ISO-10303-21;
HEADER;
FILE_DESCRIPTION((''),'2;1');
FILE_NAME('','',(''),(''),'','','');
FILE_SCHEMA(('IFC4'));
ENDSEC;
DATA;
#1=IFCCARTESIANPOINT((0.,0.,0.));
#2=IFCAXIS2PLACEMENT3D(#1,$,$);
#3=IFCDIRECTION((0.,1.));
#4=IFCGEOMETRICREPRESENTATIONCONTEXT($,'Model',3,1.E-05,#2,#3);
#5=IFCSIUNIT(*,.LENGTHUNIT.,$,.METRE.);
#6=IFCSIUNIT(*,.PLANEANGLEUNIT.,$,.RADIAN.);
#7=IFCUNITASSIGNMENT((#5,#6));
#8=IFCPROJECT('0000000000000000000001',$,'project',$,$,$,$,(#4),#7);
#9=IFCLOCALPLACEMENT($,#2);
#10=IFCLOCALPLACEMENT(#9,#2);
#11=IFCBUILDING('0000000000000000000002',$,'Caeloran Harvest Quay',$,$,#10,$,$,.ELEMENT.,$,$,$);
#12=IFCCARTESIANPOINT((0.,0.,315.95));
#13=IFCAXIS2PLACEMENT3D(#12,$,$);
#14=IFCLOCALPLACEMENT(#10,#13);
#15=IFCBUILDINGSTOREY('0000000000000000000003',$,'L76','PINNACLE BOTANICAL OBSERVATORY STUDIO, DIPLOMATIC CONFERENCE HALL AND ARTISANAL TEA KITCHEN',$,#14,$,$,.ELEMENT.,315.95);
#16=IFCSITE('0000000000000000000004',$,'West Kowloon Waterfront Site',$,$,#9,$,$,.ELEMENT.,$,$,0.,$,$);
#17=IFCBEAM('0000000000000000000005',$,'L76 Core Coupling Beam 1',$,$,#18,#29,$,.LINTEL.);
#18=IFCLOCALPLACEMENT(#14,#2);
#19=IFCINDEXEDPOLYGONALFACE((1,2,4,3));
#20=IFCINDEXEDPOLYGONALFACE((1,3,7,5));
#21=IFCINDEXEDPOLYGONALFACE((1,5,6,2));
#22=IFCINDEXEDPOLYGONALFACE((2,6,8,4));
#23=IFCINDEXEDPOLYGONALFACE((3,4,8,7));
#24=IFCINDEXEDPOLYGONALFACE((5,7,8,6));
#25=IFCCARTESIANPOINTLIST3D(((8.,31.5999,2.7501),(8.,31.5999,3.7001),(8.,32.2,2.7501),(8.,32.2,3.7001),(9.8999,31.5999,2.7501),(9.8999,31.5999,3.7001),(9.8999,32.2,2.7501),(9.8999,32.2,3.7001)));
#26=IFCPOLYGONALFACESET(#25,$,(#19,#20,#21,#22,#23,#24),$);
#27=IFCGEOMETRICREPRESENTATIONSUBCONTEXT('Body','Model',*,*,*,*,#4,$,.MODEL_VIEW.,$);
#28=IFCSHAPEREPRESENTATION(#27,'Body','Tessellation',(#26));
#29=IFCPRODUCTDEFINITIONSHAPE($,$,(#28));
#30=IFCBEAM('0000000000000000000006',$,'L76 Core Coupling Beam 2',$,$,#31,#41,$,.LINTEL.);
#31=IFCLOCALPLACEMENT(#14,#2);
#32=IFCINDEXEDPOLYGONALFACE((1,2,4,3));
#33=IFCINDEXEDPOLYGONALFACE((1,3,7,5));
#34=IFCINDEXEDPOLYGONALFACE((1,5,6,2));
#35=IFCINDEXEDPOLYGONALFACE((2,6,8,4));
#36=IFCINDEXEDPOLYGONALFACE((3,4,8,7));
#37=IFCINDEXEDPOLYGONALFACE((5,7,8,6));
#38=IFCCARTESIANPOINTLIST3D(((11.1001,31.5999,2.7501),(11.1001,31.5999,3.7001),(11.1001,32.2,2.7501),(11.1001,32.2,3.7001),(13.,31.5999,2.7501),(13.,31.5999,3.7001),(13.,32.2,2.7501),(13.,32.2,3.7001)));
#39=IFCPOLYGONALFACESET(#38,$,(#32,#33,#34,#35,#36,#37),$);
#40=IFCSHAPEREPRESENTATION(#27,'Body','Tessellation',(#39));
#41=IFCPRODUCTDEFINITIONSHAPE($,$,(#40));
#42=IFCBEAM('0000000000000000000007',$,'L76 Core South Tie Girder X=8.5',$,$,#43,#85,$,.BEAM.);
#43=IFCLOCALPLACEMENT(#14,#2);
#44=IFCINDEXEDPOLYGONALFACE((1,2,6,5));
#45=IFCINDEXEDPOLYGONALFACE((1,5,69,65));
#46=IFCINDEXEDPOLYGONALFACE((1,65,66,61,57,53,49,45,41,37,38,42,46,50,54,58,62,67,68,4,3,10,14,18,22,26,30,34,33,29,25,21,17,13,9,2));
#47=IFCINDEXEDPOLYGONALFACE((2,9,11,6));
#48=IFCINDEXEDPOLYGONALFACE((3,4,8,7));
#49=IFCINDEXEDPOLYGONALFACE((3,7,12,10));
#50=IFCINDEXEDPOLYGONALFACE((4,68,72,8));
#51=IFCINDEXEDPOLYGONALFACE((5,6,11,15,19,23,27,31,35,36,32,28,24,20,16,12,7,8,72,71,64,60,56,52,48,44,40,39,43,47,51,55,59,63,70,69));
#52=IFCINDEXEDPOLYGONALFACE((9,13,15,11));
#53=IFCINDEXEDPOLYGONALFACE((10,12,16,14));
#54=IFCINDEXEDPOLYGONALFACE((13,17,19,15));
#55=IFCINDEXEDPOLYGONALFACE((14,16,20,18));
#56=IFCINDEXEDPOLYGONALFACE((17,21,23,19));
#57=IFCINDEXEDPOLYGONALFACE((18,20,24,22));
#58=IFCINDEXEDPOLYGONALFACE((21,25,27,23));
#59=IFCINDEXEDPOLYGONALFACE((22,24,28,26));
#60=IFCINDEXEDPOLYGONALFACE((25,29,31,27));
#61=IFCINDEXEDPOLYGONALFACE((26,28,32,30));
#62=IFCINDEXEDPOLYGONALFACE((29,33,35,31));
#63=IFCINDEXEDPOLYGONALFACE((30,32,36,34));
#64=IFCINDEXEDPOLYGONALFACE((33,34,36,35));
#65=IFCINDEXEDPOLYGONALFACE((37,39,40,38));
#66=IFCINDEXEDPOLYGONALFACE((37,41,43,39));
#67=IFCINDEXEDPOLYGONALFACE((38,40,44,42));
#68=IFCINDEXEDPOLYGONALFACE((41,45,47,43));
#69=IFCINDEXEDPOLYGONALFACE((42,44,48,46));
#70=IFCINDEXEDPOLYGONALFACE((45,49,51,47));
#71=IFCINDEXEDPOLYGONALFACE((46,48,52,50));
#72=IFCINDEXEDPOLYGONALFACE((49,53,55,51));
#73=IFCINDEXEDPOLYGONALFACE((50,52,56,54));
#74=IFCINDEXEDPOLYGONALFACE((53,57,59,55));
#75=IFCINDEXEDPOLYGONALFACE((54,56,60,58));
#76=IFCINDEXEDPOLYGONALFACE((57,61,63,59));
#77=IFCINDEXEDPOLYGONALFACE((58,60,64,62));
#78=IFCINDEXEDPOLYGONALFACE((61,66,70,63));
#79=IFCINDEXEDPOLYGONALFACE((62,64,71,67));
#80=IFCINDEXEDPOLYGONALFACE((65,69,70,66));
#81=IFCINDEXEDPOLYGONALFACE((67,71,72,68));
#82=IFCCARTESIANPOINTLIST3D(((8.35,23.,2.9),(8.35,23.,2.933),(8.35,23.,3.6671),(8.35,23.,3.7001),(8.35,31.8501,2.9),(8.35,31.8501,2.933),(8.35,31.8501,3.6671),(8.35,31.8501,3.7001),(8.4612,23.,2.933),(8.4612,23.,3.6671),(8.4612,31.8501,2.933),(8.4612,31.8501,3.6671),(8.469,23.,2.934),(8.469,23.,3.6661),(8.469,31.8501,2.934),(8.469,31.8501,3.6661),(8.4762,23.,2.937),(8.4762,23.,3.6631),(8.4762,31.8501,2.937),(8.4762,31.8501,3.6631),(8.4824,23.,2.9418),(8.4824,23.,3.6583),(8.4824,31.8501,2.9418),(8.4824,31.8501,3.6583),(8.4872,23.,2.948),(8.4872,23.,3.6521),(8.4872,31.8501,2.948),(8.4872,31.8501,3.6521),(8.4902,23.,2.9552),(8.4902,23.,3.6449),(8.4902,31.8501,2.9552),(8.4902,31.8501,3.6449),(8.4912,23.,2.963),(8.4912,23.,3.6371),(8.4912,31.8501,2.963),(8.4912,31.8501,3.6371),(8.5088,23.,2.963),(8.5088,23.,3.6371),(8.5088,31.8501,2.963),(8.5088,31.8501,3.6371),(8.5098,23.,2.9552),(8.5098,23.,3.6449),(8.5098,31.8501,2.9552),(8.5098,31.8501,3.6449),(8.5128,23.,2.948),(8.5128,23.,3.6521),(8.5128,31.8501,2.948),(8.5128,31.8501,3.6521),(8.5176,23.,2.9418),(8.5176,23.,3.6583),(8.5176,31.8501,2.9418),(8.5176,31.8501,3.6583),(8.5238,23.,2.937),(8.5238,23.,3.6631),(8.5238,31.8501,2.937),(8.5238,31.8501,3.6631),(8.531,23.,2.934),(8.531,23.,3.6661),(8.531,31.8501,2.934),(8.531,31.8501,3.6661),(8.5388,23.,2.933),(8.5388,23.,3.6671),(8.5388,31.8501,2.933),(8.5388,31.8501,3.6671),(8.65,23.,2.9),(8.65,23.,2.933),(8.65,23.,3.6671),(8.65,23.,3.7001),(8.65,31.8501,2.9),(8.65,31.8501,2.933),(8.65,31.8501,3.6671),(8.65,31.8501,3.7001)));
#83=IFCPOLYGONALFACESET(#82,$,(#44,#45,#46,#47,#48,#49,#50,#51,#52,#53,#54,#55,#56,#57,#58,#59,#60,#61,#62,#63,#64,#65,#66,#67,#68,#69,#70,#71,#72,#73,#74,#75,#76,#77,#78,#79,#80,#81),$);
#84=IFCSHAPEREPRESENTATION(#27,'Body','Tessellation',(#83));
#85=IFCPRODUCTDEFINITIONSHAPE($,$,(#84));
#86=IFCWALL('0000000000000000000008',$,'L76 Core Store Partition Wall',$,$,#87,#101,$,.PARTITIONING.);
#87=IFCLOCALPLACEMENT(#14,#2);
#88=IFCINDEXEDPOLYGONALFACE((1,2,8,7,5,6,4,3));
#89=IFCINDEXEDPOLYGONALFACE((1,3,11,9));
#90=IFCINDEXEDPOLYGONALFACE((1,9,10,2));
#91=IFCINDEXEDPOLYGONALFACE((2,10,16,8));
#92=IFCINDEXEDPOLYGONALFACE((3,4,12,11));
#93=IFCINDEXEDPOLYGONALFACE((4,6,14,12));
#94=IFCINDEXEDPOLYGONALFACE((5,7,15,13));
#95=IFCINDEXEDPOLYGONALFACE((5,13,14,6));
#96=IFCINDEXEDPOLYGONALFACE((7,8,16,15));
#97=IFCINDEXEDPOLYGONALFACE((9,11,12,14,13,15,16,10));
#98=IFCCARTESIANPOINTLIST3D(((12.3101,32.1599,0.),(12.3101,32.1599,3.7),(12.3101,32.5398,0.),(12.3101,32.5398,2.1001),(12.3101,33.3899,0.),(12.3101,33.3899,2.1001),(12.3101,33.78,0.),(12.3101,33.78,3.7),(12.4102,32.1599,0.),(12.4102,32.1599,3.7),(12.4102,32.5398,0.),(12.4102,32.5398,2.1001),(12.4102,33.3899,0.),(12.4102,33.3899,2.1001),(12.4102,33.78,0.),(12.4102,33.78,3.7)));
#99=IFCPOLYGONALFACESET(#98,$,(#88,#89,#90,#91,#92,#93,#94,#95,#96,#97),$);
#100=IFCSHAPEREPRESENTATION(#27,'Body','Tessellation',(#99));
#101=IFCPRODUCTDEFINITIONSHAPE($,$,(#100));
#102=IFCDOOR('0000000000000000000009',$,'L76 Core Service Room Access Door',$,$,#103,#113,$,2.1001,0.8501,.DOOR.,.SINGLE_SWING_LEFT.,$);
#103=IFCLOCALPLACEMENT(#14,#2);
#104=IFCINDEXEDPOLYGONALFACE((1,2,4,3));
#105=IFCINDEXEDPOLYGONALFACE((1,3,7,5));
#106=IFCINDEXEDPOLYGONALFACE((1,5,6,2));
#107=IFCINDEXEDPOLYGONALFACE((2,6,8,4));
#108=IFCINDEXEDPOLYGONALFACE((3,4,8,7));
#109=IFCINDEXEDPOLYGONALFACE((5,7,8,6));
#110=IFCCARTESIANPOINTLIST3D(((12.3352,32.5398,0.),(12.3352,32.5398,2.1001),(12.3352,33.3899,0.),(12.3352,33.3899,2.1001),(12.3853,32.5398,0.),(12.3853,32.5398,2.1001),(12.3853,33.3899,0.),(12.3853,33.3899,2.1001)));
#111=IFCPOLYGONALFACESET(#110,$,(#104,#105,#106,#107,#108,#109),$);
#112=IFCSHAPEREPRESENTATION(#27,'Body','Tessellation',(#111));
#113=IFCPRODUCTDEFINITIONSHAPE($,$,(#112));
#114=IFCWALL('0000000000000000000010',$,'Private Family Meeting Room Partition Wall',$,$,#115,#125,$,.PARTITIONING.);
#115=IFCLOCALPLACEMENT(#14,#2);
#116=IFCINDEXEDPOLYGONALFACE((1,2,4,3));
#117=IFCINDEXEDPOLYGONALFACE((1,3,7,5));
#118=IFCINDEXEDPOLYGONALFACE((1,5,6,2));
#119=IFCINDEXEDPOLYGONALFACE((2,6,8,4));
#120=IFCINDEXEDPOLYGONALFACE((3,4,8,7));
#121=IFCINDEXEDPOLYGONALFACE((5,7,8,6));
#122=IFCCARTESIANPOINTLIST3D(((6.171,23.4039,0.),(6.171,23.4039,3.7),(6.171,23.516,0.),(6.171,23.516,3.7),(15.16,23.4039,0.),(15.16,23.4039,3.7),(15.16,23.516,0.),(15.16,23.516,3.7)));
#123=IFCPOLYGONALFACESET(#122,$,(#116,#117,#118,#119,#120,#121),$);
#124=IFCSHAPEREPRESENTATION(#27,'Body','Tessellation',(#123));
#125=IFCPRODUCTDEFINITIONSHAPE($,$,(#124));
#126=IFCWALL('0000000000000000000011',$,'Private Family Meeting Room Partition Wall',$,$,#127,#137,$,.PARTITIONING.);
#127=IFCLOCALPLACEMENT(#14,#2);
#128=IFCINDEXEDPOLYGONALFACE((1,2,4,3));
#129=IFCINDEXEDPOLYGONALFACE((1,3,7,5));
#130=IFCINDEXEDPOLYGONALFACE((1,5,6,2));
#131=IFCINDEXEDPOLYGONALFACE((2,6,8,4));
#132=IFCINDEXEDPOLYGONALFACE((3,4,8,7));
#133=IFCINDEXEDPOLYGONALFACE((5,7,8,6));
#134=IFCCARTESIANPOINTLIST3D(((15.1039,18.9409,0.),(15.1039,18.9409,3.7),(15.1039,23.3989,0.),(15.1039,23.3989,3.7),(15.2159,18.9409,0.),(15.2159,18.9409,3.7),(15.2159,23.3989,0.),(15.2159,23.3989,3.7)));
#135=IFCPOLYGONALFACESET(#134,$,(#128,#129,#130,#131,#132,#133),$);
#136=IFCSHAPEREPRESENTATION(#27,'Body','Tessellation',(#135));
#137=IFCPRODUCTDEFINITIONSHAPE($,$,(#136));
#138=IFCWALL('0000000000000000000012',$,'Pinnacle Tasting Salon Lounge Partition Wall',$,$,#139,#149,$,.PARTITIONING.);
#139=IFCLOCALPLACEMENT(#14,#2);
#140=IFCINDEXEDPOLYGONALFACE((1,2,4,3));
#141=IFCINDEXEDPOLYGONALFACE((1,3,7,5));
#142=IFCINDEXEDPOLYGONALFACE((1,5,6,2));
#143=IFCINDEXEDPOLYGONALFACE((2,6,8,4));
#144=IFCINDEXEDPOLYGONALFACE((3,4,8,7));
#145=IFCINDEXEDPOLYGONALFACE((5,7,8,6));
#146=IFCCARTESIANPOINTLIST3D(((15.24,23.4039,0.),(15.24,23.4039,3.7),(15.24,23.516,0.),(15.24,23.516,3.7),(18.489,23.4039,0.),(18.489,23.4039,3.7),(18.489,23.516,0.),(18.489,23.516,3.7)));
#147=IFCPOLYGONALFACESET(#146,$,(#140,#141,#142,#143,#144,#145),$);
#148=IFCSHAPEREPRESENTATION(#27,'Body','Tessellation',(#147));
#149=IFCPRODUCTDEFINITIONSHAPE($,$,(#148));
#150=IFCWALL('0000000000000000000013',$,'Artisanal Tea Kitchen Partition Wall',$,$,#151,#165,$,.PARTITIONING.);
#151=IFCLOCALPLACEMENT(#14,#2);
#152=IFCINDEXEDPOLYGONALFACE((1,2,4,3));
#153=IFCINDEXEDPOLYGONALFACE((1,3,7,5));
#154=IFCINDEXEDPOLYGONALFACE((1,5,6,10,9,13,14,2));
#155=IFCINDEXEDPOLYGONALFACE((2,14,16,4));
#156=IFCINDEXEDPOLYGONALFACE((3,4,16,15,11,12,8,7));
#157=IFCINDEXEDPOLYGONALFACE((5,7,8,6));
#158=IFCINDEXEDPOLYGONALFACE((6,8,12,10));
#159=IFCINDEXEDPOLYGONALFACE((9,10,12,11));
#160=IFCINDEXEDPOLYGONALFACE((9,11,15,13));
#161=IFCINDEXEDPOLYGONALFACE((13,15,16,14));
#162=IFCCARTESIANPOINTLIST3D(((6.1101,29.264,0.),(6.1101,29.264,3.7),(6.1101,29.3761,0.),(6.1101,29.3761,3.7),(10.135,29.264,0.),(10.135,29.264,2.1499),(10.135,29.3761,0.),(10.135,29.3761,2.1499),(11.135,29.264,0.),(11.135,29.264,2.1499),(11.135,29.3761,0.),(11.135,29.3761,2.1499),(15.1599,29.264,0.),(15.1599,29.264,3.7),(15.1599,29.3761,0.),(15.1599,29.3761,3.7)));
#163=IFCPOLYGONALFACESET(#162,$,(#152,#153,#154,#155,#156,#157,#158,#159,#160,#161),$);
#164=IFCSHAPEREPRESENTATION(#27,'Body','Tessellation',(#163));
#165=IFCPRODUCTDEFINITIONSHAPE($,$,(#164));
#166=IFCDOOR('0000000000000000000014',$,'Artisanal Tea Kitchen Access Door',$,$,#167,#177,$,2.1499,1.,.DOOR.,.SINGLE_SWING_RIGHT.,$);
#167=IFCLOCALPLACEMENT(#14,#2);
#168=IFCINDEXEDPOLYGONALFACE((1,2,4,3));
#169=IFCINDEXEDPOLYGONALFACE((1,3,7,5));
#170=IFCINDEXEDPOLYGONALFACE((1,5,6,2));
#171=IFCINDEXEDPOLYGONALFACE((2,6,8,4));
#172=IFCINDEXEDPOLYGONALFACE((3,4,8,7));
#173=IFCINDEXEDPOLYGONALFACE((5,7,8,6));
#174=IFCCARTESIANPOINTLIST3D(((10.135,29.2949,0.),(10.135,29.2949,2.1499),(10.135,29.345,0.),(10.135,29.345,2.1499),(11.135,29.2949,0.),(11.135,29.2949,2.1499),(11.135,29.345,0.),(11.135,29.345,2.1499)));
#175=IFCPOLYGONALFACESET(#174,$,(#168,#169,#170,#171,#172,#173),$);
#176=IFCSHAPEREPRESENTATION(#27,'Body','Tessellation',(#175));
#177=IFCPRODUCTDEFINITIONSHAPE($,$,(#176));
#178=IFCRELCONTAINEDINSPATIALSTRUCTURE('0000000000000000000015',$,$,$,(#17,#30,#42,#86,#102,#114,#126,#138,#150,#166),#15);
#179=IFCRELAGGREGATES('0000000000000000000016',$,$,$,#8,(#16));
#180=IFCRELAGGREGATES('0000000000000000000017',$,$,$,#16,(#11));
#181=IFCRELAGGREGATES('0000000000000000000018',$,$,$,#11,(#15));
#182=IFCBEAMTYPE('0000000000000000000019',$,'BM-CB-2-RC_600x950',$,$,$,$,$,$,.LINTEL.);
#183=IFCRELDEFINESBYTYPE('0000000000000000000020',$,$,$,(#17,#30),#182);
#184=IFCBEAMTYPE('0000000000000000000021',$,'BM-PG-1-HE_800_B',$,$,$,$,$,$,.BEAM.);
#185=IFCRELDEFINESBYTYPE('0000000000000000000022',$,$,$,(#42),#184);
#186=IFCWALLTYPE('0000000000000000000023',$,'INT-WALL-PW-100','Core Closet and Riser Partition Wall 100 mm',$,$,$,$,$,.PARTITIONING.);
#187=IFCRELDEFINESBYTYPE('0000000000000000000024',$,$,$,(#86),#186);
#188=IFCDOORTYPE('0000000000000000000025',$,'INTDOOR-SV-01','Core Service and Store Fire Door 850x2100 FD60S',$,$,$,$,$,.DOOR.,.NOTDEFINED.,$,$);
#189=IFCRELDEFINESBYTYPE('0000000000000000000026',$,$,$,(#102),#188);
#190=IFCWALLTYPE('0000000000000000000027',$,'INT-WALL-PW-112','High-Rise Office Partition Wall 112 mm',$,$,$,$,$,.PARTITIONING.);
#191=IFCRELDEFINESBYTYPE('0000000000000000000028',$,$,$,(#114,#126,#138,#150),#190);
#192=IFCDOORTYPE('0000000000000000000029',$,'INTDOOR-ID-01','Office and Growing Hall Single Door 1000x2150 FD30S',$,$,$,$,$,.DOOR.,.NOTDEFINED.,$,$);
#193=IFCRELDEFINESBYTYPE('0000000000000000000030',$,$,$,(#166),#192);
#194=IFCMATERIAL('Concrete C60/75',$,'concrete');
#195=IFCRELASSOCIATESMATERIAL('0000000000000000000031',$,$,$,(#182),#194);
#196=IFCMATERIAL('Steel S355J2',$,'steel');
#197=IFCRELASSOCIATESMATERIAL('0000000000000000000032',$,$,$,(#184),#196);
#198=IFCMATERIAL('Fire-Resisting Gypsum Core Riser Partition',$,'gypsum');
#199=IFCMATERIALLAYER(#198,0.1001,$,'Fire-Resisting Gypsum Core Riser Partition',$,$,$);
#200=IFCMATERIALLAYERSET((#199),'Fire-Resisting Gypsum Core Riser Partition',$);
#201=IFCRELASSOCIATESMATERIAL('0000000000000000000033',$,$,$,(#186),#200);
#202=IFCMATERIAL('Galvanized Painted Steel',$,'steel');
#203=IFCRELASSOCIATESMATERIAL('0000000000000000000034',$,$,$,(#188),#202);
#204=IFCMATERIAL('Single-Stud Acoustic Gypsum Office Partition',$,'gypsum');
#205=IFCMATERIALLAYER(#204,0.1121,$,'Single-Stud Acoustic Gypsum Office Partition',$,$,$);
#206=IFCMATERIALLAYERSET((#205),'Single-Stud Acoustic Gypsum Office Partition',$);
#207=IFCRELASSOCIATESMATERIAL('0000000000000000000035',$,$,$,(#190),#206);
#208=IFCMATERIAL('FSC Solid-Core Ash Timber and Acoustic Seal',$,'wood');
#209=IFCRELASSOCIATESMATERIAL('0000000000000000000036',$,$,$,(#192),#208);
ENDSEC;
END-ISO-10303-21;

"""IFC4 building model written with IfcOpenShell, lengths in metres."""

from ifc_helpers import new_model, si_unit, direction, frame, frame_2d, origin, origin_2d, place, context, subcontext, project, spatial, rectangle, i_section, extrude, material, layer, layer_set, material_profile, profile_set, type_object, element, fill, save


model = new_model("IFC4")

# Units and contexts
model_context = context("Model", 3, precision=1e-05, world=origin(), true_north=direction((0.0, 1.0)))
body_context = subcontext(model_context, "Body", "Model", "MODEL_VIEW")
ifc_project = project(units=[si_unit("LENGTHUNIT", "METRE"), si_unit("PLANEANGLEUNIT", "RADIAN")], contexts=[model_context])

# Site, building, storey
site_placement = place(None, origin())
site = spatial("IfcSite", under=ifc_project, at=site_placement, Name="West Kowloon Waterfront Site", CompositionType="ELEMENT", RefElevation=0.0)
building_placement = place(site_placement, origin())
building = spatial("IfcBuilding", under=site, at=building_placement, Name="Caeloran Harvest Quay", CompositionType="ELEMENT")
storey_placement = place(building_placement, frame((0.0, 0.0, 315.95)))
storey = spatial("IfcBuildingStorey", under=building, at=storey_placement, Name="L76", Description="PINNACLE BOTANICAL OBSERVATORY STUDIO, DIPLOMATIC CONFERENCE HALL AND ARTISANAL TEA KITCHEN", CompositionType="ELEMENT", Elevation=315.95)

# Beams
ifc_material_1 = material(Name="Concrete C60/75", Category="concrete")
ifc_material_profile_1 = material_profile(ifc_material_1, rectangle(XDim=0.6001, YDim=0.95, at=origin_2d()), Name="RC 600x950")
ifc_profile_set_1 = profile_set([ifc_material_profile_1], Name="Concrete C60/75")
beam_type_1 = type_object("IfcBeamType", Name="BM-CB-2-RC_600x950", PredefinedType="LINTEL", material=ifc_profile_set_1)
for number, where, z_axis, x_axis, name in (
    (1, (8.0, 31.8999, 3.2251), (1.0, 0.0, 0.0), (0.0, 1.0, 0.0), "L76 Core Coupling Beam 1"),
    (2, (11.1001, 31.8999, 3.2251), (1.0, 0.0, 0.0), (0.0, 1.0, 0.0), "L76 Core Coupling Beam 2"),
):
    element("IfcBeam", number, at=place(storey_placement, frame(where, z_axis=z_axis, x_axis=x_axis)), inside=storey, type_object=beam_type_1, Name=name, PredefinedType="LINTEL", context=body_context, shape_type="SweptSolid", body=[
        extrude(rectangle(XDim=0.6001, YDim=0.95, at=origin_2d()), origin(), (0.0, 0.0, 1.0), 1.8999),
    ])
ifc_material_2 = material(Name="Steel S355J2", Category="steel")
ifc_material_profile_2 = material_profile(ifc_material_2, i_section(OverallWidth=0.3, OverallDepth=0.8, WebThickness=0.0176, FlangeThickness=0.033, FilletRadius=0.03, at=origin_2d()), Name="HE 800 B")
ifc_profile_set_2 = profile_set([ifc_material_profile_2], Name="Steel S355J2")
beam_type_2 = type_object("IfcBeamType", Name="BM-PG-1-HE_800_B", PredefinedType="BEAM", material=ifc_profile_set_2)
beam_placement = place(storey_placement, frame((8.5, 23.0, 3.3), z_axis=(0.0, 1.0, 0.0), x_axis=(-1.0, 0.0, 0.0)))
element("IfcBeam", 3, at=beam_placement, inside=storey, type_object=beam_type_2, Name="L76 Core South Tie Girder X=8.5", PredefinedType="BEAM", context=body_context, shape_type="SweptSolid", body=[
    extrude(i_section(OverallWidth=0.3, OverallDepth=0.8, WebThickness=0.0176, FlangeThickness=0.033, FilletRadius=0.03, at=origin_2d()), origin(), (0.0, 0.0, 1.0), 8.8501),
])

# Wall, opening, door
ifc_material_3 = material(Name="Fire-Resisting Gypsum Core Riser Partition", Category="gypsum")
ifc_layer_1 = layer(ifc_material_3, 0.1001, Name="Fire-Resisting Gypsum Core Riser Partition")
ifc_layer_set_1 = layer_set([ifc_layer_1], Name="Fire-Resisting Gypsum Core Riser Partition")
wall_type_1 = type_object("IfcWallType", Name="INT-WALL-PW-100", Description="Core Closet and Riser Partition Wall 100 mm", PredefinedType="PARTITIONING", material=ifc_layer_set_1)
wall_1_placement = place(storey_placement, frame((12.3601, 32.1599, 0.0), z_axis=(0.0, 0.0, 1.0), x_axis=(0.0, 1.0, 0.0)))
wall_1 = element("IfcWall", 4, at=wall_1_placement, inside=storey, type_object=wall_type_1, Name="L76 Core Store Partition Wall", PredefinedType="PARTITIONING", context=body_context, shape_type="SweptSolid", body=[
    extrude(rectangle(XDim=1.6201, YDim=0.1001, at=frame_2d((0.8101, 0.0))), origin(), (0.0, 0.0, 1.0), 3.7),
])
opening_1_placement = place(wall_1_placement, frame((0.3799, 0.0, 0.0)))
opening_1 = element("IfcOpeningElement", 5, at=opening_1_placement, cuts=wall_1, PredefinedType="OPENING", context=body_context, shape_type="SweptSolid", body=[
    extrude(rectangle(XDim=0.8501, YDim=2.1001, at=frame_2d((0.425, 1.05))), frame((0.0, 0.0601, 0.0), z_axis=(0.0, -1.0, 0.0), x_axis=(1.0, 0.0, 0.0)), (0.0, 0.0, 1.0), 0.1201),
])
ifc_material_4 = material(Name="Galvanized Painted Steel", Category="steel")
door_type_1 = type_object("IfcDoorType", Name="INTDOOR-SV-01", Description="Core Service and Store Fire Door 850x2100 FD60S", OperationType="NOTDEFINED", PredefinedType="DOOR", material=ifc_material_4)
door_1_placement = place(opening_1_placement, origin())
door_1 = element("IfcDoor", 6, at=door_1_placement, inside=storey, type_object=door_type_1, Name="L76 Core Service Room Access Door", OperationType="SINGLE_SWING_LEFT", OverallHeight=2.1001, OverallWidth=0.8501, PredefinedType="DOOR", context=body_context, shape_type="SweptSolid", body=[
    extrude(rectangle(XDim=0.8501, YDim=2.1001, at=frame_2d((0.425, 1.05))), frame((0.0, 0.0249, 0.0), z_axis=(0.0, -1.0, 0.0), x_axis=(1.0, 0.0, 0.0)), (0.0, 0.0, 1.0), 0.05),
])
fill(opening_1, door_1)

# Walls
ifc_material_5 = material(Name="Single-Stud Acoustic Gypsum Office Partition", Category="gypsum")
ifc_layer_2 = layer(ifc_material_5, 0.1121, Name="Single-Stud Acoustic Gypsum Office Partition")
ifc_layer_set_2 = layer_set([ifc_layer_2], Name="Single-Stud Acoustic Gypsum Office Partition")
wall_type_2 = type_object("IfcWallType", Name="INT-WALL-PW-112", Description="High-Rise Office Partition Wall 112 mm", PredefinedType="PARTITIONING", material=ifc_layer_set_2)
wall_2_placement = place(storey_placement, frame((6.1709, 23.46, 0.0), z_axis=(0.0, 0.0, 1.0), x_axis=(1.0, 0.0, 0.0)))
element("IfcWall", 7, at=wall_2_placement, inside=storey, type_object=wall_type_2, Name="Private Family Meeting Room Partition Wall", PredefinedType="PARTITIONING", context=body_context, shape_type="SweptSolid", body=[
    extrude(rectangle(XDim=8.989, YDim=0.1121, at=frame_2d((4.4946, 0.0))), origin(), (0.0, 0.0, 1.0), 3.7),
])
wall_3_placement = place(storey_placement, frame((15.1599, 23.3989, 0.0), z_axis=(0.0, 0.0, 1.0), x_axis=(0.0, -1.0, 0.0)))
element("IfcWall", 8, at=wall_3_placement, inside=storey, type_object=wall_type_2, Name="Private Family Meeting Room Partition Wall", PredefinedType="PARTITIONING", context=body_context, shape_type="SweptSolid", body=[
    extrude(rectangle(XDim=4.458, YDim=0.1121, at=frame_2d((2.229, 0.0))), origin(), (0.0, 0.0, 1.0), 3.7),
])
wall_4_placement = place(storey_placement, frame((15.24, 23.46, 0.0), z_axis=(0.0, 0.0, 1.0), x_axis=(1.0, 0.0, 0.0)))
element("IfcWall", 9, at=wall_4_placement, inside=storey, type_object=wall_type_2, Name="Pinnacle Tasting Salon Lounge Partition Wall", PredefinedType="PARTITIONING", context=body_context, shape_type="SweptSolid", body=[
    extrude(rectangle(XDim=3.249, YDim=0.1121, at=frame_2d((1.6245, 0.0))), origin(), (0.0, 0.0, 1.0), 3.7),
])

# Wall, opening, door
wall_5_placement = place(storey_placement, frame((6.1101, 29.3201, 0.0), z_axis=(0.0, 0.0, 1.0), x_axis=(1.0, 0.0, 0.0)))
wall_5 = element("IfcWall", 10, at=wall_5_placement, inside=storey, type_object=wall_type_2, Name="Artisanal Tea Kitchen Partition Wall", PredefinedType="PARTITIONING", context=body_context, shape_type="SweptSolid", body=[
    extrude(rectangle(XDim=9.0498, YDim=0.1121, at=frame_2d((4.5249, 0.0))), origin(), (0.0, 0.0, 1.0), 3.7),
])
opening_2_placement = place(wall_5_placement, frame((4.0249, 0.0, 0.0)))
opening_2 = element("IfcOpeningElement", 11, at=opening_2_placement, cuts=wall_5, PredefinedType="OPENING", context=body_context, shape_type="SweptSolid", body=[
    extrude(rectangle(XDim=1.0, YDim=2.1499, at=frame_2d((0.5, 1.075))), frame((0.0, 0.0659, 0.0), z_axis=(0.0, -1.0, 0.0), x_axis=(1.0, 0.0, 0.0)), (0.0, 0.0, 1.0), 0.1321),
])
ifc_material_6 = material(Name="FSC Solid-Core Ash Timber and Acoustic Seal", Category="wood")
door_type_2 = type_object("IfcDoorType", Name="INTDOOR-ID-01", Description="Office and Growing Hall Single Door 1000x2150 FD30S", OperationType="NOTDEFINED", PredefinedType="DOOR", material=ifc_material_6)
door_2_placement = place(opening_2_placement, origin())
door_2 = element("IfcDoor", 12, at=door_2_placement, inside=storey, type_object=door_type_2, Name="Artisanal Tea Kitchen Access Door", OperationType="SINGLE_SWING_RIGHT", OverallHeight=2.1499, OverallWidth=1.0, PredefinedType="DOOR", context=body_context, shape_type="SweptSolid", body=[
    extrude(rectangle(XDim=1.0, YDim=2.1499, at=frame_2d((0.5, 1.075))), frame((0.0, 0.0249, 0.0), z_axis=(0.0, -1.0, 0.0), x_axis=(1.0, 0.0, 0.0)), (0.0, 0.0, 1.0), 0.05),
])
fill(opening_2, door_2)

save(model, "model.ifc")
